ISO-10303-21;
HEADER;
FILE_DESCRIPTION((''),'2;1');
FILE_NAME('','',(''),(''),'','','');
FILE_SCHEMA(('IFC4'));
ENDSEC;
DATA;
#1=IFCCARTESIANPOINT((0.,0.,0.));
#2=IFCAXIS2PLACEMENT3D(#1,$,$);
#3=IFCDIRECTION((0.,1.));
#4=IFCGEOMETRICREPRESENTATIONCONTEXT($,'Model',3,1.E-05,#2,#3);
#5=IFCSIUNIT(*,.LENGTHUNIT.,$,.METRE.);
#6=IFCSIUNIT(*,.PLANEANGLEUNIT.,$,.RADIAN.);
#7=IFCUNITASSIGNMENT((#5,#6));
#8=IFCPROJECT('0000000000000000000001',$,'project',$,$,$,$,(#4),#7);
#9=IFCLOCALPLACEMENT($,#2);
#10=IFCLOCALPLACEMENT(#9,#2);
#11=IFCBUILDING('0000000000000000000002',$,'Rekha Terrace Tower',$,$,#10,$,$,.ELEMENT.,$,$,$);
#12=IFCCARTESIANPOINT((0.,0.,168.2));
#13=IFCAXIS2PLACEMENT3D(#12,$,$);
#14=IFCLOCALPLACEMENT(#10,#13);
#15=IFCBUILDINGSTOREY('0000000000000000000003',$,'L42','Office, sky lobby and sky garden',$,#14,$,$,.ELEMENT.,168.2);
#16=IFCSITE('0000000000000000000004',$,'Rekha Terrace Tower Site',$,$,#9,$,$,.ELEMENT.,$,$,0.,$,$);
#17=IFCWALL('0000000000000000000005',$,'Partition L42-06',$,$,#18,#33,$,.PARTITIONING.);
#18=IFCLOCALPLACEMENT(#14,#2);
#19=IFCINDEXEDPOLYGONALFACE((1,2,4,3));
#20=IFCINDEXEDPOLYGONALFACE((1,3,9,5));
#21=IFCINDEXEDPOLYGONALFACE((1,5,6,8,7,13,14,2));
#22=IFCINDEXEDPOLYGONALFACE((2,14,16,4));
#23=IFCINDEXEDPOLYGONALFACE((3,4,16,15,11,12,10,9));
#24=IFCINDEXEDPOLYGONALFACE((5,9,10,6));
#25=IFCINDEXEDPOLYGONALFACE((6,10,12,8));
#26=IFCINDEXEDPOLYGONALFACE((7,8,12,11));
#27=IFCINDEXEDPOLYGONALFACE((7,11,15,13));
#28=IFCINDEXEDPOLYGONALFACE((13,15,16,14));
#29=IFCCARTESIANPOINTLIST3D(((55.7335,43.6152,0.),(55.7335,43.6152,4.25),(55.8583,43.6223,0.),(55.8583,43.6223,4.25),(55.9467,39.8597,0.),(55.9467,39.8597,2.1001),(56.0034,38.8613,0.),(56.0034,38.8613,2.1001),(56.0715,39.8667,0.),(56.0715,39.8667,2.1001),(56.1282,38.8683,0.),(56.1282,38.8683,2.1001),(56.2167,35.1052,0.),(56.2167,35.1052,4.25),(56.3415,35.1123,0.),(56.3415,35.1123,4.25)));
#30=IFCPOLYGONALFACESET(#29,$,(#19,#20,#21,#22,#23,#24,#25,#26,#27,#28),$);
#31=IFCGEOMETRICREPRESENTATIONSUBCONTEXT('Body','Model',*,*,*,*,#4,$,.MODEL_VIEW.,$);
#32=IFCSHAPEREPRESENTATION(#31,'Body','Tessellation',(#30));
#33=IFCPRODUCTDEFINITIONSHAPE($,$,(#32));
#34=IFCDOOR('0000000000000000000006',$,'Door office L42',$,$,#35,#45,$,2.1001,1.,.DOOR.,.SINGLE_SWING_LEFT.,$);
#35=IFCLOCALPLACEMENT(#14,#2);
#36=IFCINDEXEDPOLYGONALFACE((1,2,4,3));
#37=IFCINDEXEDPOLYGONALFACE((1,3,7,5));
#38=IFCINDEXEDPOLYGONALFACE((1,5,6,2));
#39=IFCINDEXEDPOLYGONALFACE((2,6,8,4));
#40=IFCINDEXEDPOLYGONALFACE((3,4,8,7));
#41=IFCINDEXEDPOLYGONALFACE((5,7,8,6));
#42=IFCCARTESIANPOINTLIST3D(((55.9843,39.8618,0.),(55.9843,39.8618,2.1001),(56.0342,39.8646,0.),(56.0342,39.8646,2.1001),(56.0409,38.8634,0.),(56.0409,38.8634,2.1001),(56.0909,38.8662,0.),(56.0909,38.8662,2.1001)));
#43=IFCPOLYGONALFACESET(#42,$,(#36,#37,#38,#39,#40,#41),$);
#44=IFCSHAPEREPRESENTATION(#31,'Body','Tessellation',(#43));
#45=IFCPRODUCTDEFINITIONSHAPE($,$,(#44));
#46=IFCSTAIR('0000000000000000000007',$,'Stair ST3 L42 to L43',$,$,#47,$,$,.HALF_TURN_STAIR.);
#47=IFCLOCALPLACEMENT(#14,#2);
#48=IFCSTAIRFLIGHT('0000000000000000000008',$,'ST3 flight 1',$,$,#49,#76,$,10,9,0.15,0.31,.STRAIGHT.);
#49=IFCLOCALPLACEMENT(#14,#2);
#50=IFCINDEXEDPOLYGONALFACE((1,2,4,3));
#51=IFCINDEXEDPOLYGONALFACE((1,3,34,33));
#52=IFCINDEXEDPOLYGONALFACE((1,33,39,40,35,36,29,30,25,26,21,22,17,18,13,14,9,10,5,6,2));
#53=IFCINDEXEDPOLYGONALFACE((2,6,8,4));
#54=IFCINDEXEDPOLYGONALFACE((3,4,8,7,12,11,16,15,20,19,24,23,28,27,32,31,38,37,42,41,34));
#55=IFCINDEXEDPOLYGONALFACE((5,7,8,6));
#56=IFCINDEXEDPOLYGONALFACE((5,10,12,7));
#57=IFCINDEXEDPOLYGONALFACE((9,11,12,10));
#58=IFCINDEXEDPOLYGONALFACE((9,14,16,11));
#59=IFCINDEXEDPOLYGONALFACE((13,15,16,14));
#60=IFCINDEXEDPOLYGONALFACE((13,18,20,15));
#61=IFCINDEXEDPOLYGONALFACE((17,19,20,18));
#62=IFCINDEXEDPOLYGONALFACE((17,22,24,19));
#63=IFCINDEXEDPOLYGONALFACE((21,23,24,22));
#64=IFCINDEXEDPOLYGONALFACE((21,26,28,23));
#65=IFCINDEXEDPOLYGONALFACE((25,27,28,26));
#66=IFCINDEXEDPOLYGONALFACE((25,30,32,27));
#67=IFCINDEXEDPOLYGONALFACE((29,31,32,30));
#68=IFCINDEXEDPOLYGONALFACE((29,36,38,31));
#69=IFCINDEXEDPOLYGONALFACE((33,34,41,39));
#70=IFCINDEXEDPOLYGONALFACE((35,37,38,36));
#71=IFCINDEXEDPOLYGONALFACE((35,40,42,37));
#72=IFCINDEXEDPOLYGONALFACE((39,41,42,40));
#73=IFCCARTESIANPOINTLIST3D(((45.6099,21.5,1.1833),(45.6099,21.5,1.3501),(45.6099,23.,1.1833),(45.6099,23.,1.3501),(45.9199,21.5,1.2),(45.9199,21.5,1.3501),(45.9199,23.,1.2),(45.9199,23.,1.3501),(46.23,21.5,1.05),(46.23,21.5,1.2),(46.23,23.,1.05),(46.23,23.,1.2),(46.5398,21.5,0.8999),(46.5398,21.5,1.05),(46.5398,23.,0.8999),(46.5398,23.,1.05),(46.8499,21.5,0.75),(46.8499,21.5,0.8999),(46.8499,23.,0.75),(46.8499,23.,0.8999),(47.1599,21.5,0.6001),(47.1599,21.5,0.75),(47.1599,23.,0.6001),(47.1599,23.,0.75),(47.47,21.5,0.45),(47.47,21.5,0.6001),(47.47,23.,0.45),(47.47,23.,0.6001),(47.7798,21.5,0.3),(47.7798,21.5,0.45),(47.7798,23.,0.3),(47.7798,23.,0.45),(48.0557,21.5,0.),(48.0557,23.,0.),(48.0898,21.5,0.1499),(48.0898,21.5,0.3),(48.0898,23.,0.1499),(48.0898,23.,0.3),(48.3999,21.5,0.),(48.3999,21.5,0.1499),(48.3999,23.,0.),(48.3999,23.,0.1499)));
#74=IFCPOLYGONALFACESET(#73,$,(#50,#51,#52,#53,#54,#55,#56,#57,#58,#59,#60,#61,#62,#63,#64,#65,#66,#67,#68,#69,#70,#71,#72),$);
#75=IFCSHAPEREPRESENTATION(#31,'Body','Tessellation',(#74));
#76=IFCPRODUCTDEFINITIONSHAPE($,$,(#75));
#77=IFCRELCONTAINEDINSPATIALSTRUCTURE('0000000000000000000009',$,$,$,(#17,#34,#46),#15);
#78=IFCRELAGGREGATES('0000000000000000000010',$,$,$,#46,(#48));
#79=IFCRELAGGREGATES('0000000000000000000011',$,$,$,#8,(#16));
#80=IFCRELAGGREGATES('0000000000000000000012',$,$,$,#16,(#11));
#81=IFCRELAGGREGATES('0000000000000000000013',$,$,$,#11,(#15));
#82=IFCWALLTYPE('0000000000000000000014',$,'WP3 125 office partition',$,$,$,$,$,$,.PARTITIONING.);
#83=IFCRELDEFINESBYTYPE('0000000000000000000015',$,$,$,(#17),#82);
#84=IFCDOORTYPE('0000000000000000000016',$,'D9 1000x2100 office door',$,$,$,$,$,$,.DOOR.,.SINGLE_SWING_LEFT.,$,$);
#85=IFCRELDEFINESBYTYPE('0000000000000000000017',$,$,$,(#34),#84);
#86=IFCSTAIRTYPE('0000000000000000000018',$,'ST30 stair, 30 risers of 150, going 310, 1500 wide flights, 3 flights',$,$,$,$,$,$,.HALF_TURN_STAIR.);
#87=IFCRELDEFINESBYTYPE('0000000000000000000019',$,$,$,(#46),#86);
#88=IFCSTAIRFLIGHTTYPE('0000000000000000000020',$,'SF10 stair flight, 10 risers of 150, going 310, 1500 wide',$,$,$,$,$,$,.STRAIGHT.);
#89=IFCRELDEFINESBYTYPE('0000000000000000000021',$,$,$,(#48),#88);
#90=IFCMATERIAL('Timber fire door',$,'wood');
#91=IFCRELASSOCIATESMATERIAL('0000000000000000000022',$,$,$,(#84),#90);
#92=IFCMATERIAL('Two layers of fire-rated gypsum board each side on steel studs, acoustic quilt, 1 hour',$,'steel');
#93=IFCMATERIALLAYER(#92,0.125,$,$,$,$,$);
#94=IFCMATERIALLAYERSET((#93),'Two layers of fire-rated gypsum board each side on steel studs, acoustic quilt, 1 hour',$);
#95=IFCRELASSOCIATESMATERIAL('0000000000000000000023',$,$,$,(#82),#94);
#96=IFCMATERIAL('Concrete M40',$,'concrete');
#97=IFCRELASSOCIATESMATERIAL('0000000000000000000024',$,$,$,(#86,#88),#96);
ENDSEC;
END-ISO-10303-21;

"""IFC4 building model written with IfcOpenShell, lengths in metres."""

from ifc_helpers import new_model, si_unit, direction, frame, frame_2d, origin, place, context, subcontext, project, spatial, polyline, rectangle, outline, extrude, material, layer, layer_set, type_object, element, fill, aggregate, save


model = new_model("IFC4")

# Units and contexts
model_context = context("Model", 3, precision=1e-05, world=origin(), true_north=direction((0.0, 1.0)))
body_context = subcontext(model_context, "Body", "Model", "MODEL_VIEW")
ifc_project = project(units=[si_unit("LENGTHUNIT", "METRE"), si_unit("PLANEANGLEUNIT", "RADIAN")], contexts=[model_context])

# Site, building, storey
site_placement = place(None, origin())
site = spatial("IfcSite", under=ifc_project, at=site_placement, Name="Rekha Terrace Tower Site", CompositionType="ELEMENT", RefElevation=0.0)
building_placement = place(site_placement, origin())
building = spatial("IfcBuilding", under=site, at=building_placement, Name="Rekha Terrace Tower", CompositionType="ELEMENT")
storey_placement = place(building_placement, frame((0.0, 0.0, 168.2)))
storey = spatial("IfcBuildingStorey", under=building, at=storey_placement, Name="L42", Description="Office, sky lobby and sky garden", CompositionType="ELEMENT", Elevation=168.2)

# Shared definitions
ifc_material_1 = material(Name="Timber fire door", Category="wood")
door_type_1 = type_object("IfcDoorType", Name="D9 1000x2100 office door", OperationType="SINGLE_SWING_LEFT", PredefinedType="DOOR", material=ifc_material_1)

# Shared definitions
ifc_material_2 = material(Name="Two layers of fire-rated gypsum board each side on steel studs, acoustic quilt, 1 hour", Category="steel")
ifc_layer_1 = layer(ifc_material_2, 0.125)
ifc_layer_set_1 = layer_set([ifc_layer_1], Name="Two layers of fire-rated gypsum board each side on steel studs, acoustic quilt, 1 hour")
wall_type_1 = type_object("IfcWallType", Name="WP3 125 office partition", PredefinedType="PARTITIONING", material=ifc_layer_set_1)

# Wall, opening, door
wall_1_placement = place(storey_placement, frame((56.2791, 35.1089, 0.0), z_axis=(0.0, 0.0, 1.0), x_axis=(-0.056684, 0.998392, 0.0)))
wall_1 = element("IfcWall", 1, at=wall_1_placement, inside=storey, type_object=wall_type_1, Name="Partition L42-06", PredefinedType="PARTITIONING", context=body_context, shape_type="SweptSolid", body=[
    extrude(rectangle(XDim=8.5237, YDim=0.125, at=frame_2d((4.2617, 0.0))), origin(), (0.0, 0.0, 1.0), 4.25),
])
opening_1_placement = place(wall_1_placement, frame((3.762, 0.0, 0.0)))
opening_1 = element("IfcOpeningElement", 2, at=opening_1_placement, cuts=wall_1, PredefinedType="OPENING", context=body_context, shape_type="SweptSolid", body=[
    extrude(rectangle(XDim=1.0, YDim=2.1001, at=frame_2d((0.5, 1.05))), frame((0.0, 0.0725, 0.0), z_axis=(0.0, -1.0, 0.0), x_axis=(1.0, 0.0, 0.0)), (0.0, 0.0, 1.0), 0.145),
])
door_1_placement = place(opening_1_placement, origin())
door_1 = element("IfcDoor", 3, at=door_1_placement, inside=storey, type_object=door_type_1, Name="Door office L42", OperationType="SINGLE_SWING_LEFT", OverallHeight=2.1001, OverallWidth=1.0, PredefinedType="DOOR", context=body_context, shape_type="SweptSolid", body=[
    extrude(rectangle(XDim=1.0, YDim=2.1001, at=frame_2d((0.5, 1.05))), frame((0.0, 0.0249, 0.0), z_axis=(0.0, -1.0, 0.0), x_axis=(1.0, 0.0, 0.0)), (0.0, 0.0, 1.0), 0.05),
])
fill(opening_1, door_1)

# Stair, stair flight
ifc_material_3 = material(Name="Concrete M40", Category="concrete")
stair_type = type_object("IfcStairType", Name="ST30 stair, 30 risers of 150, going 310, 1500 wide flights, 3 flights", PredefinedType="HALF_TURN_STAIR", material=ifc_material_3)
stair_placement = place(storey_placement, origin())
stair = element("IfcStair", 4, at=stair_placement, inside=storey, type_object=stair_type, Name="Stair ST3 L42 to L43", PredefinedType="HALF_TURN_STAIR")
stair_flight_type = type_object("IfcStairFlightType", Name="SF10 stair flight, 10 risers of 150, going 310, 1500 wide", PredefinedType="STRAIGHT", material=ifc_material_3)
stair_flight_placement = place(storey_placement, frame((48.3999, 22.25, 0.0), z_axis=(0.0, 0.0, 1.0), x_axis=(-1.0, 0.0, 0.0)))
stair_flight = element("IfcStairFlight", 5, at=stair_flight_placement, type_object=stair_flight_type, Name="ST3 flight 1", NumberOfRisers=10, NumberOfTreads=9, PredefinedType="STRAIGHT", RiserHeight=0.15, TreadLength=0.31, context=body_context, shape_type="SweptSolid", body=[
    extrude(outline(polyline([(0.0, 0.0), (0.0, 0.1499), (0.3101, 0.1499), (0.3101, 0.3), (0.6201, 0.3), (0.6201, 0.45), (0.9299, 0.45), (0.9299, 0.6001), (1.24, 0.6001), (1.24, 0.75), (1.55, 0.75), (1.55, 0.8999), (1.8601, 0.8999), (1.8601, 1.05), (2.1699, 1.05), (2.1699, 1.2), (2.48, 1.2), (2.48, 1.3501), (2.79, 1.3501), (2.79, 1.5), (2.79, 1.1833), (0.3442, 0.0), (0.0, 0.0)])), frame((0.0, 0.75, 0.0), z_axis=(0.0, -1.0, 0.0), x_axis=(1.0, 0.0, 0.0)), (0.0, 0.0, 1.0), 1.5),
])
aggregate(stair, [stair_flight])

save(model, "model.ifc")
